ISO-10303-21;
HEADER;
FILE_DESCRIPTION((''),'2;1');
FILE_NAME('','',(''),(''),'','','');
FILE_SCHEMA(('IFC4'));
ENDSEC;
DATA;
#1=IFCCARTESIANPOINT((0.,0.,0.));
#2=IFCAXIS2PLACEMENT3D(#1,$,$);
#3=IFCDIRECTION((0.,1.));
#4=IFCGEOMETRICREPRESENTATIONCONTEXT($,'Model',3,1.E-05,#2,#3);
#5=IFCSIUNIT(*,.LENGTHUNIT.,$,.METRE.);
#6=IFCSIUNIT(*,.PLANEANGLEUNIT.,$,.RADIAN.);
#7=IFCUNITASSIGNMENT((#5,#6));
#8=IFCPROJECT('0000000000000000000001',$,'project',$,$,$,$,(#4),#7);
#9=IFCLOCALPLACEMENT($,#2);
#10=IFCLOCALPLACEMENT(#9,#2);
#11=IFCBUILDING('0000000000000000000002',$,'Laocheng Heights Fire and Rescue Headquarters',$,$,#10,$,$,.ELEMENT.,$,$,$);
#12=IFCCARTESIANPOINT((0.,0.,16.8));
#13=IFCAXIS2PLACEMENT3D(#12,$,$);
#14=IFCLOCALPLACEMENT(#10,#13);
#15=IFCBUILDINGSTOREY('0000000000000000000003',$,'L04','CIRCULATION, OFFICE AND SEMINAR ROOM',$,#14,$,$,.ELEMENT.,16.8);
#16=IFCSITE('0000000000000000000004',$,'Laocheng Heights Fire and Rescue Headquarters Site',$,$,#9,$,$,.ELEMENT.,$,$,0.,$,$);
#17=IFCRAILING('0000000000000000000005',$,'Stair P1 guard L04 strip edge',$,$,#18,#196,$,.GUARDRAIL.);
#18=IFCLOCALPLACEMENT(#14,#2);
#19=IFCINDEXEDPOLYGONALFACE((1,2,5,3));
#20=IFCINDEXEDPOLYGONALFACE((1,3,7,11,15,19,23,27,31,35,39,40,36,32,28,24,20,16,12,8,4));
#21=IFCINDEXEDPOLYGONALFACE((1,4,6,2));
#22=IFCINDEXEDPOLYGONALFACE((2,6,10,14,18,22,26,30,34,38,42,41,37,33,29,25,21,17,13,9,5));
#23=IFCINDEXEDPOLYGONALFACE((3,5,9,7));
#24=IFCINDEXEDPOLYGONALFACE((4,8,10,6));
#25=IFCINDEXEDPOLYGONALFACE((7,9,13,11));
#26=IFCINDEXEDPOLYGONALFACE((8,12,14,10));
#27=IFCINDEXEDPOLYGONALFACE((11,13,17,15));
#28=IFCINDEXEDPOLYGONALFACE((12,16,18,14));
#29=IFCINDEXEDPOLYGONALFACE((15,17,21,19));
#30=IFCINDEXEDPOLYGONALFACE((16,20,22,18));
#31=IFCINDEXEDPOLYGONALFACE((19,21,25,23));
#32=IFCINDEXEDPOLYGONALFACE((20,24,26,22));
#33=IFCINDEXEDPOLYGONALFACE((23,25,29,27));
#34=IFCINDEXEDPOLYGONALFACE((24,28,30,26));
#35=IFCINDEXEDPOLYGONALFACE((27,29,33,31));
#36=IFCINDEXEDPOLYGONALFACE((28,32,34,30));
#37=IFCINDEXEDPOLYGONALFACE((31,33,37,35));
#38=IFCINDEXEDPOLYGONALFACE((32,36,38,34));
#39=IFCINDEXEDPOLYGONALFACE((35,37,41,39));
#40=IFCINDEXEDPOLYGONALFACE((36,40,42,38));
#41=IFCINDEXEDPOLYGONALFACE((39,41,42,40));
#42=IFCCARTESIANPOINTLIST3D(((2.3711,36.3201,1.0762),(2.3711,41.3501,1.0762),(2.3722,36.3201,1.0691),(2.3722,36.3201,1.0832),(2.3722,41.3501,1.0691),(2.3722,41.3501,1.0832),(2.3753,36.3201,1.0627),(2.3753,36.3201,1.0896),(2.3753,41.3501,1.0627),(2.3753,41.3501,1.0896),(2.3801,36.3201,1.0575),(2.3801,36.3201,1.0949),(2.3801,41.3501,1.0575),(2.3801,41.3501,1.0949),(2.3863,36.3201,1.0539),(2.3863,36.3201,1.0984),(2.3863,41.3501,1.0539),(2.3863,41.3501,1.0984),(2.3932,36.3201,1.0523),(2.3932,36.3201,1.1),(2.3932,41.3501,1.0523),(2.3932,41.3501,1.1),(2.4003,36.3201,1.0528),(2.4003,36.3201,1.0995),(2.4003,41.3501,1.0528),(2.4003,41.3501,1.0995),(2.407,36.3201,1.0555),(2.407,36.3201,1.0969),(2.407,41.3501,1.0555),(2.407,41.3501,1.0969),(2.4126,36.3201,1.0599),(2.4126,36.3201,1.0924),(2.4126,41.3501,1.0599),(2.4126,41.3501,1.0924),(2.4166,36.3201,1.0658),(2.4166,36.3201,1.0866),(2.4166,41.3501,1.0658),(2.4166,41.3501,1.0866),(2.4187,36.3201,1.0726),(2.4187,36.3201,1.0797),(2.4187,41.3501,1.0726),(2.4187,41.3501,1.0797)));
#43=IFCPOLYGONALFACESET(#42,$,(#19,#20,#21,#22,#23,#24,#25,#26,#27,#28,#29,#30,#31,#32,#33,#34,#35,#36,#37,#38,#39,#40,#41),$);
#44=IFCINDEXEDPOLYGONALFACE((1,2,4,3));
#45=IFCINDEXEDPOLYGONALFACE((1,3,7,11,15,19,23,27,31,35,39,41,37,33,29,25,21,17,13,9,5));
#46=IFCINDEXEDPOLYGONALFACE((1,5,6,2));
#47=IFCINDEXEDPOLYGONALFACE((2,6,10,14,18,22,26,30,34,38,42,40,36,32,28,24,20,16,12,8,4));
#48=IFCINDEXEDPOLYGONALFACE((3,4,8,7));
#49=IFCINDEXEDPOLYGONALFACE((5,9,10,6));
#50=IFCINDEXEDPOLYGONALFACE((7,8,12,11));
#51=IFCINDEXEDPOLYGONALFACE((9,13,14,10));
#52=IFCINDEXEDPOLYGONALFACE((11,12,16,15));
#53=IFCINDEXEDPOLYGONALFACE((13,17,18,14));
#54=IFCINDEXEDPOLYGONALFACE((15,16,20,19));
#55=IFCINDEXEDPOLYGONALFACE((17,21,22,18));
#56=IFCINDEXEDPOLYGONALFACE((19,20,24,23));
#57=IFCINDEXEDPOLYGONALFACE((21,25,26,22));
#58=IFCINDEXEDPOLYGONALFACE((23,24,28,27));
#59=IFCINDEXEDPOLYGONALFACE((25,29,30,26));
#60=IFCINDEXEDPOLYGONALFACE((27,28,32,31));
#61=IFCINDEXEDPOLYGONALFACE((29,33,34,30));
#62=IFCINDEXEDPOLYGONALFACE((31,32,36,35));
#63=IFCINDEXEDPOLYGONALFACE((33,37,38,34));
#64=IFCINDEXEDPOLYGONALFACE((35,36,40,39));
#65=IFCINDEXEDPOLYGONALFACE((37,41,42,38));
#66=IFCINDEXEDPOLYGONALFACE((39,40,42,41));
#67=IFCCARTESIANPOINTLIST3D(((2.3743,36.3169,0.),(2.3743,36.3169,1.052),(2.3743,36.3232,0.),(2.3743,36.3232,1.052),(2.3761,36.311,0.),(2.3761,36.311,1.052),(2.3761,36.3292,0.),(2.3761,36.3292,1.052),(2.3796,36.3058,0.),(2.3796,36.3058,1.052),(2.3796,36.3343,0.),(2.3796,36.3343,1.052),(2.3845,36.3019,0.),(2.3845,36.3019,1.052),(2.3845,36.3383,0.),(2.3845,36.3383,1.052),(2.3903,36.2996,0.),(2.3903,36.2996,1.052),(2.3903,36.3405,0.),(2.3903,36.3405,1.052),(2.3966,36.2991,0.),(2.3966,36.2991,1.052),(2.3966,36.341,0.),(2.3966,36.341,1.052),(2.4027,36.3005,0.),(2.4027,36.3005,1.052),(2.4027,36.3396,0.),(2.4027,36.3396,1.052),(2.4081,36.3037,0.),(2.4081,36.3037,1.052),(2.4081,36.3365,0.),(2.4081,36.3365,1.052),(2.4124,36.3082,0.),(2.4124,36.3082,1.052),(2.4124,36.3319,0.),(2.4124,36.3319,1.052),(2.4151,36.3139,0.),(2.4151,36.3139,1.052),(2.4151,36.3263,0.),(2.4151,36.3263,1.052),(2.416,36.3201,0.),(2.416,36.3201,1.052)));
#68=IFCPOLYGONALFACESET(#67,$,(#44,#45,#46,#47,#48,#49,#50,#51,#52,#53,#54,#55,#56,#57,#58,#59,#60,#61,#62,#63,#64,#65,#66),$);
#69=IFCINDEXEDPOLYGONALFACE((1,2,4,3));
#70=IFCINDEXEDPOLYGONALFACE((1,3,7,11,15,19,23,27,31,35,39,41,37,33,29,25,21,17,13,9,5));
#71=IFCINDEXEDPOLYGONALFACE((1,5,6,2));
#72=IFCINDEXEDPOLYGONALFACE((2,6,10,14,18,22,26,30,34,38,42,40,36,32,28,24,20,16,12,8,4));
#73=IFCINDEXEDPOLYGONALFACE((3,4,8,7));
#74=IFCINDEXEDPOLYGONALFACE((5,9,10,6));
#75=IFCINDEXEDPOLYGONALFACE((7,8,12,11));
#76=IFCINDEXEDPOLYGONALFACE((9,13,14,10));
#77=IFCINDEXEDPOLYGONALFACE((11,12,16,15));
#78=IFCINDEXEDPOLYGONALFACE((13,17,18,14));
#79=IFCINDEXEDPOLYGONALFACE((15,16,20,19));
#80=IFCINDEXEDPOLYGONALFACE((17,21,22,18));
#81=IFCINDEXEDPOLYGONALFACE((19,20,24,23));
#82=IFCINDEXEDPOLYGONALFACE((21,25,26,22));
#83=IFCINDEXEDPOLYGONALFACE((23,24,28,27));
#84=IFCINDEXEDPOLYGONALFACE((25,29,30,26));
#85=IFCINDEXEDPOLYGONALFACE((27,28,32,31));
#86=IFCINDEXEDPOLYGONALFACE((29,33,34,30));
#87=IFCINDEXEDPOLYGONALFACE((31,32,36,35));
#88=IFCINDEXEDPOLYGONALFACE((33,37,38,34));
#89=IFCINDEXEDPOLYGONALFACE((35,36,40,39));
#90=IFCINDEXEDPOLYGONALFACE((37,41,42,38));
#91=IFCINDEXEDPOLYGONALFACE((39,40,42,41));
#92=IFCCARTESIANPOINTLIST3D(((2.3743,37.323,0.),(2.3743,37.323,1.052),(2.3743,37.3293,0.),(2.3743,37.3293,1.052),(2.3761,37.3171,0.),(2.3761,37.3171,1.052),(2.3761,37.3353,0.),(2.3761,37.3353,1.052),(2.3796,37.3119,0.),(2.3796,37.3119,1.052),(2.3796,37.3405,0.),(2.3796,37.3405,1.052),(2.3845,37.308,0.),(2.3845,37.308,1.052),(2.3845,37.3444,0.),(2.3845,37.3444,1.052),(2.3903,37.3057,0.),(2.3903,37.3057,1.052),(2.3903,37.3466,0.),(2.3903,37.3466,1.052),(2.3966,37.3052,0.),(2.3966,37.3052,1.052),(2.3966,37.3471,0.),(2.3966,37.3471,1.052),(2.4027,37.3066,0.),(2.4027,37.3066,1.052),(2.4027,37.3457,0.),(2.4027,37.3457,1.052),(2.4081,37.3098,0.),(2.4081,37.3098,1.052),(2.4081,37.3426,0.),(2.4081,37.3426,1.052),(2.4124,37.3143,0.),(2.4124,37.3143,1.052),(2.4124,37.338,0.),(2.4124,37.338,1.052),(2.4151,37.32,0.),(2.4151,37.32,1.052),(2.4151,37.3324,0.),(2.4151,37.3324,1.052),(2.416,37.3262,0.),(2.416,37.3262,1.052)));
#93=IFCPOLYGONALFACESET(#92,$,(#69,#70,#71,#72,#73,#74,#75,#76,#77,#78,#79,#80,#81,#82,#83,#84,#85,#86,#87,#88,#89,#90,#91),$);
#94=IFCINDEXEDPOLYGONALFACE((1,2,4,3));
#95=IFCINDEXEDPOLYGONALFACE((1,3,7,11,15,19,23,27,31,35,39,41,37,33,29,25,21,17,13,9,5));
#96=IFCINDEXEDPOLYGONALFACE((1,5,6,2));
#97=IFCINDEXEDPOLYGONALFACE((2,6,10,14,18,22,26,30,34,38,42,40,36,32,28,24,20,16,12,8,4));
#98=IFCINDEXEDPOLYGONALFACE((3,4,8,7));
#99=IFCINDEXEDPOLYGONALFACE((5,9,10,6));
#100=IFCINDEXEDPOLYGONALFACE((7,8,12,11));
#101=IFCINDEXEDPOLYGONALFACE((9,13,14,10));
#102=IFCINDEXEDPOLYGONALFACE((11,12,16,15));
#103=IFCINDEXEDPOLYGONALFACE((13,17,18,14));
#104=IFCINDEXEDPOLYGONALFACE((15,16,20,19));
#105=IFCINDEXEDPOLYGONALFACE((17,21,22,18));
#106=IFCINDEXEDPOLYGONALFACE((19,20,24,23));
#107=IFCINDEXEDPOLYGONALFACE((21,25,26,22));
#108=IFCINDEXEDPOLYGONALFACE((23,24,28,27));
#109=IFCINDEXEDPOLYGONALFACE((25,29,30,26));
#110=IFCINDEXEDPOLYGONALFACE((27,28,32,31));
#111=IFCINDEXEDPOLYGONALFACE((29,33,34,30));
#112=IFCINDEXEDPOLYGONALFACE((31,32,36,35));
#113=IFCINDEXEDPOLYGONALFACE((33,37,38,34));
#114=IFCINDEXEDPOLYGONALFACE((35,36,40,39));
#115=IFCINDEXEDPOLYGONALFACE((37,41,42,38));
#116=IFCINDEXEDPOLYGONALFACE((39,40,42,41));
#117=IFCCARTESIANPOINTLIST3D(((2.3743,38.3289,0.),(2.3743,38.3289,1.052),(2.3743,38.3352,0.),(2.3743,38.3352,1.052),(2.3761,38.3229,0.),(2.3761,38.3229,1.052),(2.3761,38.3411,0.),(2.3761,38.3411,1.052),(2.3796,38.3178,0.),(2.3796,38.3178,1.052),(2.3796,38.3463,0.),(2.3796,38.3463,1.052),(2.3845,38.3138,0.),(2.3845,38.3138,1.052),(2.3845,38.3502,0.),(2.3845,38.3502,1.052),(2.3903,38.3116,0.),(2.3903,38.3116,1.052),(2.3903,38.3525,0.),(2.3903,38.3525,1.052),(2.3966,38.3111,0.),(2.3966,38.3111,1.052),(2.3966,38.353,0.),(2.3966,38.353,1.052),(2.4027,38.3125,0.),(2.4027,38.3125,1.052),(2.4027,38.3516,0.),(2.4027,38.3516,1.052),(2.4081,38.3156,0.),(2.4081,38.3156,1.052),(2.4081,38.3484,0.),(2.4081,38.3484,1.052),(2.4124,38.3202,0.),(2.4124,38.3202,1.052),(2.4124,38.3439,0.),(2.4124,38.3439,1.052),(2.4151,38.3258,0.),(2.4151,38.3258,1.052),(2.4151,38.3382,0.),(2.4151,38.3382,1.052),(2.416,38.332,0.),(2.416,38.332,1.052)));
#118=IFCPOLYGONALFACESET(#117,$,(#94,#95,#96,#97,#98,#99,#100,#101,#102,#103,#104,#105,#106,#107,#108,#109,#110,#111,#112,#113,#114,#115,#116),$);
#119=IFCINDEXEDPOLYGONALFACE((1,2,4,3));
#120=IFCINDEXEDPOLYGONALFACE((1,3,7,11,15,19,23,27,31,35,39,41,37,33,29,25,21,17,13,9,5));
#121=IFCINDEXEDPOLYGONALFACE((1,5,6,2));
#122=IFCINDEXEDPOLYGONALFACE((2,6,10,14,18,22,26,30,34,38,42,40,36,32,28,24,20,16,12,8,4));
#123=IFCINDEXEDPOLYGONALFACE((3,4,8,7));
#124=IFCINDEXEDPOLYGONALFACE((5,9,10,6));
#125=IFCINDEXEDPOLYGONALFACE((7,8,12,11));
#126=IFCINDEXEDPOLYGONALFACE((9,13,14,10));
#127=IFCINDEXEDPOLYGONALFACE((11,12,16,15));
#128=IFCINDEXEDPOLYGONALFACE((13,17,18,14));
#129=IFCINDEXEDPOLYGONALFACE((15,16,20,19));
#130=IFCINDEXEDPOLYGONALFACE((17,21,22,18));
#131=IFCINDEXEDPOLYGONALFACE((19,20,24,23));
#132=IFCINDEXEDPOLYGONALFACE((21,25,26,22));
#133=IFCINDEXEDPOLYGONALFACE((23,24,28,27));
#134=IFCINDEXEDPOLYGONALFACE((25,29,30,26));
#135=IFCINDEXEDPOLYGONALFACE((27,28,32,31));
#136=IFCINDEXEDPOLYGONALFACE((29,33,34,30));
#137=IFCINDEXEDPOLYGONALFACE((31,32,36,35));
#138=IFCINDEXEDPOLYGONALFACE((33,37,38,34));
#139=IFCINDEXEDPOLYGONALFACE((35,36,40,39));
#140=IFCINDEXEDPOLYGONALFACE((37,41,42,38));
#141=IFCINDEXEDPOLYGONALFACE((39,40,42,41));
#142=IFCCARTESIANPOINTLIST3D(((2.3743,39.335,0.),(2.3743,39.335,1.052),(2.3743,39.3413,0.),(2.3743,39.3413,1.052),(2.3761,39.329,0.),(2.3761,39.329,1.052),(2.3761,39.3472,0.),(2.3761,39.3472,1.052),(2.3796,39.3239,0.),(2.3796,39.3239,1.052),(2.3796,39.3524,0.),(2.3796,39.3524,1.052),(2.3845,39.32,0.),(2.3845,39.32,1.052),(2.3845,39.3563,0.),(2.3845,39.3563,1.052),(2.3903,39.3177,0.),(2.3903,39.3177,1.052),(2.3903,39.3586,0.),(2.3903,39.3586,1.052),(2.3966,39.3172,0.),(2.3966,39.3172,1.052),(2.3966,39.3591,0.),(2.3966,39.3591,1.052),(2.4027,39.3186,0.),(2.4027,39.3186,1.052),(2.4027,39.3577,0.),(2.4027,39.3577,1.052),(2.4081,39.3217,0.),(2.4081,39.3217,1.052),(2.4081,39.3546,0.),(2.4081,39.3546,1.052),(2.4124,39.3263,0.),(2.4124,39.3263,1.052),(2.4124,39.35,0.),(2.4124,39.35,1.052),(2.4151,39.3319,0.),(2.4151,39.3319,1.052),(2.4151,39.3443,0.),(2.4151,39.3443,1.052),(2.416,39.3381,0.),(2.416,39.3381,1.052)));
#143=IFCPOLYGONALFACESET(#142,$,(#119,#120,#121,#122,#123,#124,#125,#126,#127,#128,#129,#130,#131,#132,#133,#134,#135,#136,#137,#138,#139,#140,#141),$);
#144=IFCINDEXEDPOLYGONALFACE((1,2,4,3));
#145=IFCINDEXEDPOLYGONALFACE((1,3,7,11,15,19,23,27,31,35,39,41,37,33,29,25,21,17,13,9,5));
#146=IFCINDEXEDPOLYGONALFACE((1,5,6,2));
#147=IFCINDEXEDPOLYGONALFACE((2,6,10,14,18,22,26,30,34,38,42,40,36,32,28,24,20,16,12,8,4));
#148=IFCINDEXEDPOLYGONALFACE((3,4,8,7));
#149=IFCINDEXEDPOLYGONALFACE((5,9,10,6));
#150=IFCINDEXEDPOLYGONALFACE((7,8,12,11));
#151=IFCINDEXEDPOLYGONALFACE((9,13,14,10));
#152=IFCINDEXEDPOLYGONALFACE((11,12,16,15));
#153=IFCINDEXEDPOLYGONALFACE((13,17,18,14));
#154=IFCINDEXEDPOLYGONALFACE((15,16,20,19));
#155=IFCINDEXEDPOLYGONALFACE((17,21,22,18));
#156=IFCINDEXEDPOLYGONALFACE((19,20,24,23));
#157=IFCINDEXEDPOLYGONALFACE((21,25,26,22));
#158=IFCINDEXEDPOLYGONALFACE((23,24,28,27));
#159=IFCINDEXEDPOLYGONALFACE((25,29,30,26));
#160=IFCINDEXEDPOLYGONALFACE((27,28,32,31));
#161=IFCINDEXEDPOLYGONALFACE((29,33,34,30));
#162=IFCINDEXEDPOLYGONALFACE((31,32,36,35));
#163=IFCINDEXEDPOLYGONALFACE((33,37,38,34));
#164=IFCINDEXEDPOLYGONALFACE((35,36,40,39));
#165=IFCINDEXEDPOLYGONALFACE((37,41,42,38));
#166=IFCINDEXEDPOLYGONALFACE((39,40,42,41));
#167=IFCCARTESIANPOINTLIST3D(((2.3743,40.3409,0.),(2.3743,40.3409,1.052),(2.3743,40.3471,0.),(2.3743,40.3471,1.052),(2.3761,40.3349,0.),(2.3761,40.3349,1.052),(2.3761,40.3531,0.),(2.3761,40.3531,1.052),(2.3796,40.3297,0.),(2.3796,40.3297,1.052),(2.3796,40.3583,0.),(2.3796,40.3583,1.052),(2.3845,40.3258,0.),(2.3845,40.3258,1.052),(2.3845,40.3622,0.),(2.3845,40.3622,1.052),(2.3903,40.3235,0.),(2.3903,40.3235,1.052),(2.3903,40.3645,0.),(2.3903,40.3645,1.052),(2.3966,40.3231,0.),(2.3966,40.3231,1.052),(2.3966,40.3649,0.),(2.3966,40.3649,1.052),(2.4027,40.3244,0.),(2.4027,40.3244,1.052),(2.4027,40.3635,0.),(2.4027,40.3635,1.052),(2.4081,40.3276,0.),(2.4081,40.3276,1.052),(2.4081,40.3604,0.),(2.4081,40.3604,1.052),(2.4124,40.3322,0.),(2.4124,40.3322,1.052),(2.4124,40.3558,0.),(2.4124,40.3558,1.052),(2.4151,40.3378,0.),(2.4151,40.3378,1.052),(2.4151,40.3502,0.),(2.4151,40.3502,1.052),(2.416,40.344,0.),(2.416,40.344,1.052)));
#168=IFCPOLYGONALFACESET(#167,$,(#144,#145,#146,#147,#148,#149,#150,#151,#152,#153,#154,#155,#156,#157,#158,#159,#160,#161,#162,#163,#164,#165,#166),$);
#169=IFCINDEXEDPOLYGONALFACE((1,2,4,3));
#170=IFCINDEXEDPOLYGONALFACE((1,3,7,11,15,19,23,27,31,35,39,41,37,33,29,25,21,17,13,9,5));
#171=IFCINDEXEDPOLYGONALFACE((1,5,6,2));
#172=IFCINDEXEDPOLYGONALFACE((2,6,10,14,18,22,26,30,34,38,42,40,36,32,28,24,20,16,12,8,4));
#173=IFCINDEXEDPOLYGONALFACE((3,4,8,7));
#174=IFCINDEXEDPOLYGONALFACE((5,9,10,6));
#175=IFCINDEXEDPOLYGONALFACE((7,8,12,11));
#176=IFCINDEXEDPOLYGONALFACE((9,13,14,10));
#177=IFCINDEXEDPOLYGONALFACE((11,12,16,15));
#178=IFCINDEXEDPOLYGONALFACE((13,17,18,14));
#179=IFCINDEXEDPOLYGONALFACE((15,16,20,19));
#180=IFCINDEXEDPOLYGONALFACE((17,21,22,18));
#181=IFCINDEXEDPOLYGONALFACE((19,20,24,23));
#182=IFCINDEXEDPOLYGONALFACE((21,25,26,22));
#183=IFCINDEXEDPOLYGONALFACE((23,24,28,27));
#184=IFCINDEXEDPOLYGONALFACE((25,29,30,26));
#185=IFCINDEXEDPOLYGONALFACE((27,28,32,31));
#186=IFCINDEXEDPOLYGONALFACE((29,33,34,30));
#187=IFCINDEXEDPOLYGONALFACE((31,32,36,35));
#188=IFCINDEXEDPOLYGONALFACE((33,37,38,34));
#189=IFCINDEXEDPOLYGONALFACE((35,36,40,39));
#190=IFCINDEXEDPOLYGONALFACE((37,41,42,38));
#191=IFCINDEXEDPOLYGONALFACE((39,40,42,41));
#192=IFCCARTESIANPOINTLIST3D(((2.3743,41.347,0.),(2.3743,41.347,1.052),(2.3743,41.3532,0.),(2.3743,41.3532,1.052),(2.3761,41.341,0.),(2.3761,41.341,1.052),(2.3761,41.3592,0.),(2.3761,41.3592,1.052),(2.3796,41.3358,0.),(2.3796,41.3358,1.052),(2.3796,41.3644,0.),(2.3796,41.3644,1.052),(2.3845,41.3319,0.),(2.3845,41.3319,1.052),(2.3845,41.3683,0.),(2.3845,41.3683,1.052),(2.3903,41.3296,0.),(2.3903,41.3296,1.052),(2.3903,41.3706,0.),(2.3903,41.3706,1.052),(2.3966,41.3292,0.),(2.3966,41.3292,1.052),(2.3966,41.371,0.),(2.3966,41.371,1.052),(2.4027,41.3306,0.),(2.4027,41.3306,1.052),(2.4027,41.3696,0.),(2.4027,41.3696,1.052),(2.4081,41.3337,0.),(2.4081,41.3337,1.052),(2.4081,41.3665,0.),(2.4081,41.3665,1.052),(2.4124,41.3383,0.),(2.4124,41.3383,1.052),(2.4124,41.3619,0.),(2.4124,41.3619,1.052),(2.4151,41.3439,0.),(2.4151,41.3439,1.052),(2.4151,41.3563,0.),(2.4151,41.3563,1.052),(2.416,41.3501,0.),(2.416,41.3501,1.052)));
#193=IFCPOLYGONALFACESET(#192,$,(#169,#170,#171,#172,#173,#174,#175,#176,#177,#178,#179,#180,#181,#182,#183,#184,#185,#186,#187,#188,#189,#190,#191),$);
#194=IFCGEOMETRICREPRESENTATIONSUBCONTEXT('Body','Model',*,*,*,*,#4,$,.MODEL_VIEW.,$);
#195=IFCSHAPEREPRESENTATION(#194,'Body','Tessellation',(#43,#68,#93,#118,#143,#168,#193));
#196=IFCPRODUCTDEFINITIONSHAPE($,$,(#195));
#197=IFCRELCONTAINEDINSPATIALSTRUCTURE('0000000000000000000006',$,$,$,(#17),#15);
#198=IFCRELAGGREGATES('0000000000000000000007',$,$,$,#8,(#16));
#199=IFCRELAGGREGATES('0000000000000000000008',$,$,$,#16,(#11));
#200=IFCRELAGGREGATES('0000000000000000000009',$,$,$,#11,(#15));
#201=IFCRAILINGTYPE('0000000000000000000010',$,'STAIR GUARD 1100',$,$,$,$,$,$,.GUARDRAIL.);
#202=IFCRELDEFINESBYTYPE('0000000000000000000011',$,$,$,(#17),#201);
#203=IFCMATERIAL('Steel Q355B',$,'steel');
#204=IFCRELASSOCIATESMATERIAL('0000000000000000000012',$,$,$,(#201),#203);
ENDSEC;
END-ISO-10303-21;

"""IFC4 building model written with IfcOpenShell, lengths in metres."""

from ifc_helpers import new_model, si_unit, direction, frame, origin, origin_2d, place, context, subcontext, project, spatial, circle, extrude, material, type_object, element, save


model = new_model("IFC4")

# Units and contexts
model_context = context("Model", 3, precision=1e-05, world=origin(), true_north=direction((0.0, 1.0)))
body_context = subcontext(model_context, "Body", "Model", "MODEL_VIEW")
ifc_project = project(units=[si_unit("LENGTHUNIT", "METRE"), si_unit("PLANEANGLEUNIT", "RADIAN")], contexts=[model_context])

# Site, building, storey
site_placement = place(None, origin())
site = spatial("IfcSite", under=ifc_project, at=site_placement, Name="Laocheng Heights Fire and Rescue Headquarters Site", CompositionType="ELEMENT", RefElevation=0.0)
building_placement = place(site_placement, origin())
building = spatial("IfcBuilding", under=site, at=building_placement, Name="Laocheng Heights Fire and Rescue Headquarters", CompositionType="ELEMENT")
storey_placement = place(building_placement, frame((0.0, 0.0, 16.8)))
storey = spatial("IfcBuildingStorey", under=building, at=storey_placement, Name="L04", Description="CIRCULATION, OFFICE AND SEMINAR ROOM", CompositionType="ELEMENT", Elevation=16.8)

# Railing
ifc_material_1 = material(Name="Steel Q355B", Category="steel")
railing_type = type_object("IfcRailingType", Name="STAIR GUARD 1100", PredefinedType="GUARDRAIL", material=ifc_material_1)
railing_1_placement = place(storey_placement, frame((2.395, 36.3201, 0.0)))
element("IfcRailing", 1, at=railing_1_placement, inside=storey, type_object=railing_type, Name="Stair P1 guard L04 strip edge", PredefinedType="GUARDRAIL", context=body_context, shape_type="SweptSolid", body=[
    extrude(circle(Radius=0.0239, at=origin_2d()), frame((0.0, 0.0, 1.0762), z_axis=(0.0, 1.0, 0.0), x_axis=(-1.0, 0.0, 0.0)), (0.0, 0.0, 1.0), 5.03),
    extrude(circle(Radius=0.021, at=origin_2d()), origin(), (0.0, 0.0, 1.0), 1.052),
    extrude(circle(Radius=0.021, at=origin_2d()), frame((0.0, 1.0061, 0.0)), (0.0, 0.0, 1.0), 1.052),
    extrude(circle(Radius=0.021, at=origin_2d()), frame((0.0, 2.012, 0.0)), (0.0, 0.0, 1.0), 1.052),
    extrude(circle(Radius=0.021, at=origin_2d()), frame((0.0, 3.0181, 0.0)), (0.0, 0.0, 1.0), 1.052),
    extrude(circle(Radius=0.021, at=origin_2d()), frame((0.0, 4.0239, 0.0)), (0.0, 0.0, 1.0), 1.052),
    extrude(circle(Radius=0.021, at=origin_2d()), frame((0.0, 5.03, 0.0)), (0.0, 0.0, 1.0), 1.052),
])

save(model, "model.ifc")
